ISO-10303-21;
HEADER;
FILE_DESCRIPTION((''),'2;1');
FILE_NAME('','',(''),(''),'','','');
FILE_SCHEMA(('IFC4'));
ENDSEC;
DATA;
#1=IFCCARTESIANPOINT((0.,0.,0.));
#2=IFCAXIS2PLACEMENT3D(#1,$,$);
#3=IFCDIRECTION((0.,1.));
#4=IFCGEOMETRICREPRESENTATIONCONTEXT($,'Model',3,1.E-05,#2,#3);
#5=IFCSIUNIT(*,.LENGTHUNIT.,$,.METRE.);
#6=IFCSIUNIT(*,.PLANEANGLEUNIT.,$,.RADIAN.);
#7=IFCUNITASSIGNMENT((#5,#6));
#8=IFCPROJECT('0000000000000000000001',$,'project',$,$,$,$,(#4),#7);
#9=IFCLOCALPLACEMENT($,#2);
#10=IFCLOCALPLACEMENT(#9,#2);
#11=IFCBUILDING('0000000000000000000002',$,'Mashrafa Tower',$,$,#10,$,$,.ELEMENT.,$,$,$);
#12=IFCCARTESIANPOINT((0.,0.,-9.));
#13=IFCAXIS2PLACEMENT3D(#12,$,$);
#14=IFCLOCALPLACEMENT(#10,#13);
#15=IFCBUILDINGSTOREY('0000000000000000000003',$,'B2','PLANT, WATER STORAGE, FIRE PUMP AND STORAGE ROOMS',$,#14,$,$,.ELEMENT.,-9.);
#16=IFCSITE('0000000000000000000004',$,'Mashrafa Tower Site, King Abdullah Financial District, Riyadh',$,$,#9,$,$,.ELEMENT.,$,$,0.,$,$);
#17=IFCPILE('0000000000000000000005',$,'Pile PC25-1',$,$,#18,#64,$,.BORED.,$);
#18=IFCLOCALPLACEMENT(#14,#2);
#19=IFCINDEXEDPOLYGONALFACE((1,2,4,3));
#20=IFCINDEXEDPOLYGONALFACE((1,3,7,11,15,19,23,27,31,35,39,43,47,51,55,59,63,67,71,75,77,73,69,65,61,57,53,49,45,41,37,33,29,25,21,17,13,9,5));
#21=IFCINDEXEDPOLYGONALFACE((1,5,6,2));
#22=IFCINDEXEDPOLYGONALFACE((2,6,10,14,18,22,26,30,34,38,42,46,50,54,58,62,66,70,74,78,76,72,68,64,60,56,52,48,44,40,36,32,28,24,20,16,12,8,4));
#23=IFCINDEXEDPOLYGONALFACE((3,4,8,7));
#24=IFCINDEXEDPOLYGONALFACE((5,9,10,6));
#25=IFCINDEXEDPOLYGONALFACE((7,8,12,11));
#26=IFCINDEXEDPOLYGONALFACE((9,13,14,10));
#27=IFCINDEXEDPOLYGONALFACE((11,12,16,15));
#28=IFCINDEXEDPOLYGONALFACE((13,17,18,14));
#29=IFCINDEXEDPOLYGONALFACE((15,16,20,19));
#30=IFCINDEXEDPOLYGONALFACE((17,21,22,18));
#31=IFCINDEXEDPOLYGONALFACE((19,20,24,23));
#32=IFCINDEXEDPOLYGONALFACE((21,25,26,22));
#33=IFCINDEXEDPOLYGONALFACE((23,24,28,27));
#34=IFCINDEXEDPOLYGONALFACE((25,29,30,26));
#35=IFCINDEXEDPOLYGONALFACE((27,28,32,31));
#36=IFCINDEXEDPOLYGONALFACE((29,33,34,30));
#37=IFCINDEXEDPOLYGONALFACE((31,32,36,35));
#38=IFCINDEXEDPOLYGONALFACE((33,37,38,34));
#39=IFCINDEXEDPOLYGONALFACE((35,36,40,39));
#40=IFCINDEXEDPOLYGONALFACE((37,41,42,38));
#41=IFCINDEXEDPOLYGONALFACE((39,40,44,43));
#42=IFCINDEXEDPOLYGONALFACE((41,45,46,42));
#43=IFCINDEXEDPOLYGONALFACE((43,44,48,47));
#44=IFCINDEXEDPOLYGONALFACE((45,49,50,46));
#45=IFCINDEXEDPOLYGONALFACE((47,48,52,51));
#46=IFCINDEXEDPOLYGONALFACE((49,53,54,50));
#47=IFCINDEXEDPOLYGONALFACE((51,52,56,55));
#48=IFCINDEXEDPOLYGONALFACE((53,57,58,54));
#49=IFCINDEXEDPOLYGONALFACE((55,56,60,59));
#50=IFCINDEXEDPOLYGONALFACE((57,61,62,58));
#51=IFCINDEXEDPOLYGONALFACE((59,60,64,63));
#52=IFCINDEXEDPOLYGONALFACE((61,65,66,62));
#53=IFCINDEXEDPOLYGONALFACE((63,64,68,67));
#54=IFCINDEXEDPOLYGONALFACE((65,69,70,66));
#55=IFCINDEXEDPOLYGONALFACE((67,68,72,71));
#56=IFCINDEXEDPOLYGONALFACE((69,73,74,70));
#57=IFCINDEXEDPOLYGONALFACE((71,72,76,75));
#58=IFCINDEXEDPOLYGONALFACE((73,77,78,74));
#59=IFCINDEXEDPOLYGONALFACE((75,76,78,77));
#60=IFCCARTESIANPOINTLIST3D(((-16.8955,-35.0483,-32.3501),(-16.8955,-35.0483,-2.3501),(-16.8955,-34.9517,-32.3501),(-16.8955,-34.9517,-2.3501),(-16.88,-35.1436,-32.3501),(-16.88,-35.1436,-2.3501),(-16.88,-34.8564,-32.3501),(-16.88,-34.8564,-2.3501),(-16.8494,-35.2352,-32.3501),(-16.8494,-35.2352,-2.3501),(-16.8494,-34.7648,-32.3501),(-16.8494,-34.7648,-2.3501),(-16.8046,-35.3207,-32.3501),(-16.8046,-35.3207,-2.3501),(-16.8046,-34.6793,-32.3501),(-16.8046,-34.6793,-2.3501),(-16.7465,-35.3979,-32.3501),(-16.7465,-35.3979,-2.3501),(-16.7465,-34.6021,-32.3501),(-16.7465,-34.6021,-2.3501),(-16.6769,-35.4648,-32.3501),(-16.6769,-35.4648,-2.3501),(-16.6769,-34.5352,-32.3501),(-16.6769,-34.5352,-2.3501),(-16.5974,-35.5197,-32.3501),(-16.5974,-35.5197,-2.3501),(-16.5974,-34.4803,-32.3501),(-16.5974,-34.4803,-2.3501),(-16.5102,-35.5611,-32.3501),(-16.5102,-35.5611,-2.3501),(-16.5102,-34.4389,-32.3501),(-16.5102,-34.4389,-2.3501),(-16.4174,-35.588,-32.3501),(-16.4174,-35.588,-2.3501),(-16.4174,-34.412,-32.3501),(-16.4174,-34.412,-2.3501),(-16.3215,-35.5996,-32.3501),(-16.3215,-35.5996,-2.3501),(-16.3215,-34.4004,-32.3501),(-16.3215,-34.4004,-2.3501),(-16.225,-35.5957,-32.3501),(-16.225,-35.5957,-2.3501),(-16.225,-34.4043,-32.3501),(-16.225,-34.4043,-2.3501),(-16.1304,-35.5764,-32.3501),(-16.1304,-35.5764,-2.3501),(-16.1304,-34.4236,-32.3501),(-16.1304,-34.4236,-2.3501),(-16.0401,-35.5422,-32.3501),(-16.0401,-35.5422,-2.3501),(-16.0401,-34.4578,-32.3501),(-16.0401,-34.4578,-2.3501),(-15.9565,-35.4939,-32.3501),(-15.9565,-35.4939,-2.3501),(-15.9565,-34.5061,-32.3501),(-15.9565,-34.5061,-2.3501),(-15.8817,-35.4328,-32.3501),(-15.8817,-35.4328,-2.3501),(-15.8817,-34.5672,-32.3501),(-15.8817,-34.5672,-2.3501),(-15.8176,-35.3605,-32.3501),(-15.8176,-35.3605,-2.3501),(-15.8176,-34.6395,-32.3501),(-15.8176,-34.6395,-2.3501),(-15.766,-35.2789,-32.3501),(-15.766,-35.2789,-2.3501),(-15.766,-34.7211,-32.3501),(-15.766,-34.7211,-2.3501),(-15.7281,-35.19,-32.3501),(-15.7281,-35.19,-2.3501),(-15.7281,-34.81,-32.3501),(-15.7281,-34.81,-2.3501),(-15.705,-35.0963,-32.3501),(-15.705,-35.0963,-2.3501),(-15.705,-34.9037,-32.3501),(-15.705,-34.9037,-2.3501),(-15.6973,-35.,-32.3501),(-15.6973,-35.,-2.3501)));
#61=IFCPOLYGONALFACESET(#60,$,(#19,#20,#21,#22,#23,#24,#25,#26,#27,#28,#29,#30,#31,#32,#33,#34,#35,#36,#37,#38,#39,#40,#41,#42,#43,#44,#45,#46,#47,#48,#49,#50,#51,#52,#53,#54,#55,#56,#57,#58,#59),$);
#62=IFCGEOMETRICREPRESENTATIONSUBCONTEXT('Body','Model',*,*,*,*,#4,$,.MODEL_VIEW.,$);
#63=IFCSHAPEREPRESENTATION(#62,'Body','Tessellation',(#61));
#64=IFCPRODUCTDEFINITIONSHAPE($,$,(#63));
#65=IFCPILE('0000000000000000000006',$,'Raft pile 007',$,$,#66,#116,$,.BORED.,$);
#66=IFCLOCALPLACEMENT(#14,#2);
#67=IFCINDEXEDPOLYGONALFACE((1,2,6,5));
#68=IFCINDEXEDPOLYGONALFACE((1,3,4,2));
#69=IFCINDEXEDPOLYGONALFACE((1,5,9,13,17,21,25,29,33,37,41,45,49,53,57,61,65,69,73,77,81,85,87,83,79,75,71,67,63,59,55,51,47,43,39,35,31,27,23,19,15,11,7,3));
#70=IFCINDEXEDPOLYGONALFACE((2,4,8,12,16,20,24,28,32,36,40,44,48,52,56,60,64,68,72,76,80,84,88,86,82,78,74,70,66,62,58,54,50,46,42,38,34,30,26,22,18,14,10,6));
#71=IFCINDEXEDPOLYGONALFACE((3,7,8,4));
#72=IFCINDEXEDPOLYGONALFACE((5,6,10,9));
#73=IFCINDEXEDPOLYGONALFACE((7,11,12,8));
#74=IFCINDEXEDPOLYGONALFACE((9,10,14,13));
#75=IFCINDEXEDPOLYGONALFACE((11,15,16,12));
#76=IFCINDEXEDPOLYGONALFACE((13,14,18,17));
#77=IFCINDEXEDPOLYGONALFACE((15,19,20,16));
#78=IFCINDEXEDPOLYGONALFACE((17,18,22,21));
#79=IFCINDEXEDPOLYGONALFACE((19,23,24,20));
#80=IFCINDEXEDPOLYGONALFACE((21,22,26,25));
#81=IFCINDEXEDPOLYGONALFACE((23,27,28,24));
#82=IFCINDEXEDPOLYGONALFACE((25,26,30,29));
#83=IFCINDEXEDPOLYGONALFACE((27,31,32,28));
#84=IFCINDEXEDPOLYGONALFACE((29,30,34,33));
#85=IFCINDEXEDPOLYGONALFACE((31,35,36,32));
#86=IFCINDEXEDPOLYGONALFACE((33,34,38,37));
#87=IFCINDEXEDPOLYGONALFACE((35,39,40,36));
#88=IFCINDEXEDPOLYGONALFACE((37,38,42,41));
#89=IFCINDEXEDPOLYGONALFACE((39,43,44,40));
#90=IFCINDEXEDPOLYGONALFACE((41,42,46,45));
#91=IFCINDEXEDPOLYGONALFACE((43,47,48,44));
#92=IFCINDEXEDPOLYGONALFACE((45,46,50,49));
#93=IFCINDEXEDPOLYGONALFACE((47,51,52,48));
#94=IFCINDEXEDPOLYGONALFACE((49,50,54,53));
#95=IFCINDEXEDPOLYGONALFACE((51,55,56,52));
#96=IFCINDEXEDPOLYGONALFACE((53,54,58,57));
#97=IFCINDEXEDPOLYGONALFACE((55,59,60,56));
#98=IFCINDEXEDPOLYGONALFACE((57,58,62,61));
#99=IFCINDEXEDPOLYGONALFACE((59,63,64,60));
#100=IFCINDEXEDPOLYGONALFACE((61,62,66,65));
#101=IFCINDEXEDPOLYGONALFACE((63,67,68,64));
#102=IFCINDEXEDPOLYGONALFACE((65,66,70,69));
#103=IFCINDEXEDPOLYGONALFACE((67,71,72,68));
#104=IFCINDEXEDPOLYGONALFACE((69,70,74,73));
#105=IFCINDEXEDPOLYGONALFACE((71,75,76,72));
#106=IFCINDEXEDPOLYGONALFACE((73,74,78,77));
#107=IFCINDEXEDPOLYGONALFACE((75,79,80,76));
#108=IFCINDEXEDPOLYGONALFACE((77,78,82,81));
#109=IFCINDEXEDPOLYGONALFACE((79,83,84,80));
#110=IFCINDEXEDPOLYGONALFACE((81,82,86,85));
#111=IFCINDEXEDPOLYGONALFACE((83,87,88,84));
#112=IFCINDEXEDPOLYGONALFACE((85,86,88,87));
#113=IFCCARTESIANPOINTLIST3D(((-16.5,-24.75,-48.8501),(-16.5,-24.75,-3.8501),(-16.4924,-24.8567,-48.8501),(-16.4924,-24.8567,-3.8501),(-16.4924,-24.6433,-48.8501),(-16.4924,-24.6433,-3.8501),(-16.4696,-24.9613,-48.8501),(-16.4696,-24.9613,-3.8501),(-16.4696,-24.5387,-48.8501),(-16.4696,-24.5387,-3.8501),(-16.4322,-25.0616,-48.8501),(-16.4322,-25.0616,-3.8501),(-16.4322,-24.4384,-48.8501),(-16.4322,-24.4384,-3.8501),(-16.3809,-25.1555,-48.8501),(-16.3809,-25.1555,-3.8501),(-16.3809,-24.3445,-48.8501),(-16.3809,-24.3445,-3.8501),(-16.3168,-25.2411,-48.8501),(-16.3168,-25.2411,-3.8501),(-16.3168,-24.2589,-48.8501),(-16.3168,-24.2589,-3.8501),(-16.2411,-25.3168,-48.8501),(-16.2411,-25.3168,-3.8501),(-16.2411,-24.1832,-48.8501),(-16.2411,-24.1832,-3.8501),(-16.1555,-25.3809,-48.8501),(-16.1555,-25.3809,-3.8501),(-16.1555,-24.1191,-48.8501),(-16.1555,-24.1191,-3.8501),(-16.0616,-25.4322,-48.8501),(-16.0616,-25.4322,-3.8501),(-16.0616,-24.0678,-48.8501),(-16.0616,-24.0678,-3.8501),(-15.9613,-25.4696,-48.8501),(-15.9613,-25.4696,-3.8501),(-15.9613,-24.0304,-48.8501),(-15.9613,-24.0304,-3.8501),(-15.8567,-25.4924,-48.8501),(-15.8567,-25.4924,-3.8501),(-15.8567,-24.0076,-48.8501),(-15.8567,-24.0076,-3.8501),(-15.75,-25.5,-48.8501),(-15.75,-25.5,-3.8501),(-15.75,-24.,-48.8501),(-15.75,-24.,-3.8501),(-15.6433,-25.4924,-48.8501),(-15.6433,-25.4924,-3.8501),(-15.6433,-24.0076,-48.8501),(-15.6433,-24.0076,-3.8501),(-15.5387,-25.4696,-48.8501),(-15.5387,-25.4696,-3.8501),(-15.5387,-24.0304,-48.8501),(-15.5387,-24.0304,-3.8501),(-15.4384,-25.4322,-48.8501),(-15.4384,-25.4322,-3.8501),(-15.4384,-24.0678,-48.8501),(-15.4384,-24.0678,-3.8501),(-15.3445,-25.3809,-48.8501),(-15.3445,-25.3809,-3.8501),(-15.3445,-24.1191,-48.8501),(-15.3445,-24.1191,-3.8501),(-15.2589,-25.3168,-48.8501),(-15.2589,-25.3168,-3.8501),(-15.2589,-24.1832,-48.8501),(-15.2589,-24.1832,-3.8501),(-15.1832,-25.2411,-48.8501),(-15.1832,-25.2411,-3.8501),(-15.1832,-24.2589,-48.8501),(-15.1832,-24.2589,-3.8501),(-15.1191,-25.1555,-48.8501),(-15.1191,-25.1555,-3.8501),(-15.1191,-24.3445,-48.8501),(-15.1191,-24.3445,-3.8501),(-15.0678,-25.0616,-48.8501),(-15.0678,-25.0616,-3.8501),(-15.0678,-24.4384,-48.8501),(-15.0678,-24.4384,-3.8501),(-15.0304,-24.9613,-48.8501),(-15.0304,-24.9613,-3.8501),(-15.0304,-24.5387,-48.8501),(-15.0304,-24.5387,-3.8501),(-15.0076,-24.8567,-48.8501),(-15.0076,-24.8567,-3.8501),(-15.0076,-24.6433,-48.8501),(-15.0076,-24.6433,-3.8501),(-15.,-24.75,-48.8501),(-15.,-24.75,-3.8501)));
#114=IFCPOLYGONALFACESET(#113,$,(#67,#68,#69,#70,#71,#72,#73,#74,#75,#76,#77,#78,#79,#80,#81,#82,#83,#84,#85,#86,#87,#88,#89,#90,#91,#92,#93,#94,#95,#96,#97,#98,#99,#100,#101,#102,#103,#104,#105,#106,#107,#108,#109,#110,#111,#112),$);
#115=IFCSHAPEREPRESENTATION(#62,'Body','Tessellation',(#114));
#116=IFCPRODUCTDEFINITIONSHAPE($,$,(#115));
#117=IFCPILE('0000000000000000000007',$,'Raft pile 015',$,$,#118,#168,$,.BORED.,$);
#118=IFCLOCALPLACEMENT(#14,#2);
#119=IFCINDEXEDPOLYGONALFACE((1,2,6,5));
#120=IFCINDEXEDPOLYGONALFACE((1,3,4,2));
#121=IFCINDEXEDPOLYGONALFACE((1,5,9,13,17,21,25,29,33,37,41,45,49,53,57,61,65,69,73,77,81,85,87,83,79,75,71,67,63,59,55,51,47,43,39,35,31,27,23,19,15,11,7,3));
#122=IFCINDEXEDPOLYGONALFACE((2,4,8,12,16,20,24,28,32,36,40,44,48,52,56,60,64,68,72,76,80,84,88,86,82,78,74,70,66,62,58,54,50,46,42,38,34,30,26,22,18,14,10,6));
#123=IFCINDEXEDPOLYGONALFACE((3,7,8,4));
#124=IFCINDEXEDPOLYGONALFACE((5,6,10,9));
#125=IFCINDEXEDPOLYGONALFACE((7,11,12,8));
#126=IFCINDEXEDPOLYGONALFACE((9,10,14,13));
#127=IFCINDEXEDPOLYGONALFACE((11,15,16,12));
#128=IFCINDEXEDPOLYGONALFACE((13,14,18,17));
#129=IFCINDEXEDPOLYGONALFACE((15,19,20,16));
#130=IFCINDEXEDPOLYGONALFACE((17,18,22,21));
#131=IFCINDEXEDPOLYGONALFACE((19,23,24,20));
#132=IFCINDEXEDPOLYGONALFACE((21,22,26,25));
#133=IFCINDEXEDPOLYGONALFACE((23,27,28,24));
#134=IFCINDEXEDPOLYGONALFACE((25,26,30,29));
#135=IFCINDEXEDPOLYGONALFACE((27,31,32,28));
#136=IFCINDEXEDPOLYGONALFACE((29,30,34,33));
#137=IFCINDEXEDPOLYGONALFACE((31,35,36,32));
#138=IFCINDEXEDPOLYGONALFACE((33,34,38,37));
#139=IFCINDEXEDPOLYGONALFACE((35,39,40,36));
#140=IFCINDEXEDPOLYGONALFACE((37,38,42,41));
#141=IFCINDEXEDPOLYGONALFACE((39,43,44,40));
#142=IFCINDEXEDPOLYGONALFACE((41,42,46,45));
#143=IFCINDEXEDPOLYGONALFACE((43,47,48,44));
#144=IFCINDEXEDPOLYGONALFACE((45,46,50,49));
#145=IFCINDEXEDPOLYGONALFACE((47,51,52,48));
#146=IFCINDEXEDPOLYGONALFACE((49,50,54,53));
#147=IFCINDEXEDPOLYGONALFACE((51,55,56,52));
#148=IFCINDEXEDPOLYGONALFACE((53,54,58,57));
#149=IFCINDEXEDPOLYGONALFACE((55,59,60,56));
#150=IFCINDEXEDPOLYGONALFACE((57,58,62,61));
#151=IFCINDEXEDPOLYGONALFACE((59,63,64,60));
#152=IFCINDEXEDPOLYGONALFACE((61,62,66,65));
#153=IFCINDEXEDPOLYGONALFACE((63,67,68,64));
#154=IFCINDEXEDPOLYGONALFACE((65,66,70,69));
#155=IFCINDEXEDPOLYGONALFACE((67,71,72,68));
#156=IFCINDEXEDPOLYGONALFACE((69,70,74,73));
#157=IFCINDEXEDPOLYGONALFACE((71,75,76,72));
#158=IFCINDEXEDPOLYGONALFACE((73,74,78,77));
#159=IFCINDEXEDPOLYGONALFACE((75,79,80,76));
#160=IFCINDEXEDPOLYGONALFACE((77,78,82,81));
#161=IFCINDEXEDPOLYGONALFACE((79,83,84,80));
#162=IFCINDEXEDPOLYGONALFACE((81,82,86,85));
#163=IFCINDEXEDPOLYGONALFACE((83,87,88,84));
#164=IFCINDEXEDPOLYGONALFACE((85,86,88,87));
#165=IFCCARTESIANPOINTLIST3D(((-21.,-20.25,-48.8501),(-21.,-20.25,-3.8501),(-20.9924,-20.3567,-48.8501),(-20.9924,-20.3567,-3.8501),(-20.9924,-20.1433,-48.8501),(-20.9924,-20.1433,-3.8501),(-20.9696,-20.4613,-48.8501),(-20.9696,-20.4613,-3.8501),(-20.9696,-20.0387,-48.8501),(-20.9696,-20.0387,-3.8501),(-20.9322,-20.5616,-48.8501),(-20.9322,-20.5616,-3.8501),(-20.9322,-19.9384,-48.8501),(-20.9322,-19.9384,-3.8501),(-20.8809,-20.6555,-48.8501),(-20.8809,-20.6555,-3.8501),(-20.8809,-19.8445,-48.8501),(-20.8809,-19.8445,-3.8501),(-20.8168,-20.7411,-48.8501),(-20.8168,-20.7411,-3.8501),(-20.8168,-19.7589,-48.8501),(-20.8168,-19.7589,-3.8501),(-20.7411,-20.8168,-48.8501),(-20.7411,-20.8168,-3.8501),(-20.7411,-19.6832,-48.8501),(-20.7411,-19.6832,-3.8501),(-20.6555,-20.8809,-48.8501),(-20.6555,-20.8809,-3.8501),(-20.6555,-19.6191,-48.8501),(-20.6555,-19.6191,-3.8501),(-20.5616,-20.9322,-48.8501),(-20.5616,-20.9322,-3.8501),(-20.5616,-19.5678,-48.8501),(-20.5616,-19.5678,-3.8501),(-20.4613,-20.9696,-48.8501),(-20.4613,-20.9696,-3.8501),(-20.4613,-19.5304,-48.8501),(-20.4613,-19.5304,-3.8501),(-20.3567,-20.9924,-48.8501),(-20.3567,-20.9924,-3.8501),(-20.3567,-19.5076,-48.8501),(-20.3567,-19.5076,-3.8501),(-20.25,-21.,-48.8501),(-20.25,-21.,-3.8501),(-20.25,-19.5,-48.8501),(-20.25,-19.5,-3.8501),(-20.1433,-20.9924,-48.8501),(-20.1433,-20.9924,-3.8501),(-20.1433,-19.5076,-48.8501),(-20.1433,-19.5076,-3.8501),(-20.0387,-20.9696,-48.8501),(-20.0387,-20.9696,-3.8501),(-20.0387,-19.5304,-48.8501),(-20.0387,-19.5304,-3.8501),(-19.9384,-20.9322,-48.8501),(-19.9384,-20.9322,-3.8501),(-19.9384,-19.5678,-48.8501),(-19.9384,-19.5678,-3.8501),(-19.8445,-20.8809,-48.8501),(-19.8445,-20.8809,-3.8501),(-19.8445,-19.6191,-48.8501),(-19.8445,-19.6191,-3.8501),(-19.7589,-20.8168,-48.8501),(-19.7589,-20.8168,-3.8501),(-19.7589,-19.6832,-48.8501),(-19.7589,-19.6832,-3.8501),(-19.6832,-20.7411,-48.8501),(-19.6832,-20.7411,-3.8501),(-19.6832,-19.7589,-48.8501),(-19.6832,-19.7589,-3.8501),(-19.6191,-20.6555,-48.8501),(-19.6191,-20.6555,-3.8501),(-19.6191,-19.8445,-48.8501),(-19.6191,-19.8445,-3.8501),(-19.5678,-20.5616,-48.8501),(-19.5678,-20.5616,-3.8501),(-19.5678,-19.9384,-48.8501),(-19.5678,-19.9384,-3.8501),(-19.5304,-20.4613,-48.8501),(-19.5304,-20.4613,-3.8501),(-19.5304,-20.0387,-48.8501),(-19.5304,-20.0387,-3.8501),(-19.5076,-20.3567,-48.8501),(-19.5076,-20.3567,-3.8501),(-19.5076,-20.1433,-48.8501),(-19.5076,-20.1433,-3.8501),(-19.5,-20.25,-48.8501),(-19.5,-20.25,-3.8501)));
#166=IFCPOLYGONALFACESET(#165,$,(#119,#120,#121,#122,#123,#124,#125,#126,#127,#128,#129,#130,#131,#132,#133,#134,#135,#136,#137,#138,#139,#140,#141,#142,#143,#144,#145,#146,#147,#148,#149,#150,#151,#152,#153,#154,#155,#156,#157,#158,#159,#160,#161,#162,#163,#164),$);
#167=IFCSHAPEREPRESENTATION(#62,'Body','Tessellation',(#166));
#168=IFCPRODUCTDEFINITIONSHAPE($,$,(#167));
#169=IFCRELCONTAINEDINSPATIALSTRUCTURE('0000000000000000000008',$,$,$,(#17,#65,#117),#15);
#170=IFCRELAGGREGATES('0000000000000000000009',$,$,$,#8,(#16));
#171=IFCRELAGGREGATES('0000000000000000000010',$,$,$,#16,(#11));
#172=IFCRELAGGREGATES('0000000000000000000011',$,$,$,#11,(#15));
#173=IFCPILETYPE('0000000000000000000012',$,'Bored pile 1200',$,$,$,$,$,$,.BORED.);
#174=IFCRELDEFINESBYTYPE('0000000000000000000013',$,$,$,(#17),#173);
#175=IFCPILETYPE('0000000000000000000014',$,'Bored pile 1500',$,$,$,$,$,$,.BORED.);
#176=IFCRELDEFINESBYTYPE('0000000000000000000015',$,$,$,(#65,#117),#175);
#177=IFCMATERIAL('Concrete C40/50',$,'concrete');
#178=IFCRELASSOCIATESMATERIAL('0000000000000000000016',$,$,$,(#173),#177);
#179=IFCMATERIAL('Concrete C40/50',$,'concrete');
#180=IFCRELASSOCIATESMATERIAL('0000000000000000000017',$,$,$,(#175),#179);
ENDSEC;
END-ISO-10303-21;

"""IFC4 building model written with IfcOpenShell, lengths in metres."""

from ifc_helpers import new_model, si_unit, direction, frame, origin, origin_2d, place, context, subcontext, project, spatial, circle, extrude, material, material_profile, profile_set, type_object, element, save


model = new_model("IFC4")

# Units and contexts
model_context = context("Model", 3, precision=1e-05, world=origin(), true_north=direction((0.0, 1.0)))
body_context = subcontext(model_context, "Body", "Model", "MODEL_VIEW")
ifc_project = project(units=[si_unit("LENGTHUNIT", "METRE"), si_unit("PLANEANGLEUNIT", "RADIAN")], contexts=[model_context])

# Site, building, storey
site_placement = place(None, origin())
site = spatial("IfcSite", under=ifc_project, at=site_placement, Name="Mashrafa Tower Site, King Abdullah Financial District, Riyadh", CompositionType="ELEMENT", RefElevation=0.0)
building_placement = place(site_placement, origin())
building = spatial("IfcBuilding", under=site, at=building_placement, Name="Mashrafa Tower", CompositionType="ELEMENT")
storey_placement = place(building_placement, frame((0.0, 0.0, -9.0)))
storey = spatial("IfcBuildingStorey", under=building, at=storey_placement, Name="B2", Description="PLANT, WATER STORAGE, FIRE PUMP AND STORAGE ROOMS", CompositionType="ELEMENT", Elevation=-9.0)

# Piles
ifc_material_1 = material(Name="Concrete C40/50", Category="concrete")
ifc_material_profile_1 = material_profile(ifc_material_1, circle(Radius=0.6001, at=origin_2d()), Name="1200 DIA")
ifc_profile_set_1 = profile_set([ifc_material_profile_1], Name="Concrete C40/50")
pile_type_1 = type_object("IfcPileType", Name="Bored pile 1200", PredefinedType="BORED", material=ifc_profile_set_1)
for number, where, z_axis, x_axis, name in (
    (1, (-16.2974, -35.0, -2.3501), (0.0, 0.0, -1.0), (1.0, 0.0, 0.0), "Pile PC25-1"),
):
    element("IfcPile", number, at=place(storey_placement, frame(where, z_axis=z_axis, x_axis=x_axis)), inside=storey, type_object=pile_type_1, Name=name, PredefinedType="BORED", context=body_context, shape_type="SweptSolid", body=[
        extrude(circle(Radius=0.6001, at=origin_2d()), origin(), (0.0, 0.0, 1.0), 30.0),
    ])
ifc_material_2 = material(Name="Concrete C40/50", Category="concrete")
ifc_material_profile_2 = material_profile(ifc_material_2, circle(Radius=0.75, at=origin_2d()), Name="1500 DIA")
ifc_profile_set_2 = profile_set([ifc_material_profile_2], Name="Concrete C40/50")
pile_type_2 = type_object("IfcPileType", Name="Bored pile 1500", PredefinedType="BORED", material=ifc_profile_set_2)
for number, where, z_axis, x_axis, name in (
    (2, (-15.75, -24.75, -3.8501), (0.0, 0.0, -1.0), (1.0, 0.0, 0.0), "Raft pile 007"),
    (3, (-20.25, -20.25, -3.8501), (0.0, 0.0, -1.0), (1.0, 0.0, 0.0), "Raft pile 015"),
):
    element("IfcPile", number, at=place(storey_placement, frame(where, z_axis=z_axis, x_axis=x_axis)), inside=storey, type_object=pile_type_2, Name=name, PredefinedType="BORED", context=body_context, shape_type="SweptSolid", body=[
        extrude(circle(Radius=0.75, at=origin_2d()), origin(), (0.0, 0.0, 1.0), 45.0),
    ])

save(model, "model.ifc")
